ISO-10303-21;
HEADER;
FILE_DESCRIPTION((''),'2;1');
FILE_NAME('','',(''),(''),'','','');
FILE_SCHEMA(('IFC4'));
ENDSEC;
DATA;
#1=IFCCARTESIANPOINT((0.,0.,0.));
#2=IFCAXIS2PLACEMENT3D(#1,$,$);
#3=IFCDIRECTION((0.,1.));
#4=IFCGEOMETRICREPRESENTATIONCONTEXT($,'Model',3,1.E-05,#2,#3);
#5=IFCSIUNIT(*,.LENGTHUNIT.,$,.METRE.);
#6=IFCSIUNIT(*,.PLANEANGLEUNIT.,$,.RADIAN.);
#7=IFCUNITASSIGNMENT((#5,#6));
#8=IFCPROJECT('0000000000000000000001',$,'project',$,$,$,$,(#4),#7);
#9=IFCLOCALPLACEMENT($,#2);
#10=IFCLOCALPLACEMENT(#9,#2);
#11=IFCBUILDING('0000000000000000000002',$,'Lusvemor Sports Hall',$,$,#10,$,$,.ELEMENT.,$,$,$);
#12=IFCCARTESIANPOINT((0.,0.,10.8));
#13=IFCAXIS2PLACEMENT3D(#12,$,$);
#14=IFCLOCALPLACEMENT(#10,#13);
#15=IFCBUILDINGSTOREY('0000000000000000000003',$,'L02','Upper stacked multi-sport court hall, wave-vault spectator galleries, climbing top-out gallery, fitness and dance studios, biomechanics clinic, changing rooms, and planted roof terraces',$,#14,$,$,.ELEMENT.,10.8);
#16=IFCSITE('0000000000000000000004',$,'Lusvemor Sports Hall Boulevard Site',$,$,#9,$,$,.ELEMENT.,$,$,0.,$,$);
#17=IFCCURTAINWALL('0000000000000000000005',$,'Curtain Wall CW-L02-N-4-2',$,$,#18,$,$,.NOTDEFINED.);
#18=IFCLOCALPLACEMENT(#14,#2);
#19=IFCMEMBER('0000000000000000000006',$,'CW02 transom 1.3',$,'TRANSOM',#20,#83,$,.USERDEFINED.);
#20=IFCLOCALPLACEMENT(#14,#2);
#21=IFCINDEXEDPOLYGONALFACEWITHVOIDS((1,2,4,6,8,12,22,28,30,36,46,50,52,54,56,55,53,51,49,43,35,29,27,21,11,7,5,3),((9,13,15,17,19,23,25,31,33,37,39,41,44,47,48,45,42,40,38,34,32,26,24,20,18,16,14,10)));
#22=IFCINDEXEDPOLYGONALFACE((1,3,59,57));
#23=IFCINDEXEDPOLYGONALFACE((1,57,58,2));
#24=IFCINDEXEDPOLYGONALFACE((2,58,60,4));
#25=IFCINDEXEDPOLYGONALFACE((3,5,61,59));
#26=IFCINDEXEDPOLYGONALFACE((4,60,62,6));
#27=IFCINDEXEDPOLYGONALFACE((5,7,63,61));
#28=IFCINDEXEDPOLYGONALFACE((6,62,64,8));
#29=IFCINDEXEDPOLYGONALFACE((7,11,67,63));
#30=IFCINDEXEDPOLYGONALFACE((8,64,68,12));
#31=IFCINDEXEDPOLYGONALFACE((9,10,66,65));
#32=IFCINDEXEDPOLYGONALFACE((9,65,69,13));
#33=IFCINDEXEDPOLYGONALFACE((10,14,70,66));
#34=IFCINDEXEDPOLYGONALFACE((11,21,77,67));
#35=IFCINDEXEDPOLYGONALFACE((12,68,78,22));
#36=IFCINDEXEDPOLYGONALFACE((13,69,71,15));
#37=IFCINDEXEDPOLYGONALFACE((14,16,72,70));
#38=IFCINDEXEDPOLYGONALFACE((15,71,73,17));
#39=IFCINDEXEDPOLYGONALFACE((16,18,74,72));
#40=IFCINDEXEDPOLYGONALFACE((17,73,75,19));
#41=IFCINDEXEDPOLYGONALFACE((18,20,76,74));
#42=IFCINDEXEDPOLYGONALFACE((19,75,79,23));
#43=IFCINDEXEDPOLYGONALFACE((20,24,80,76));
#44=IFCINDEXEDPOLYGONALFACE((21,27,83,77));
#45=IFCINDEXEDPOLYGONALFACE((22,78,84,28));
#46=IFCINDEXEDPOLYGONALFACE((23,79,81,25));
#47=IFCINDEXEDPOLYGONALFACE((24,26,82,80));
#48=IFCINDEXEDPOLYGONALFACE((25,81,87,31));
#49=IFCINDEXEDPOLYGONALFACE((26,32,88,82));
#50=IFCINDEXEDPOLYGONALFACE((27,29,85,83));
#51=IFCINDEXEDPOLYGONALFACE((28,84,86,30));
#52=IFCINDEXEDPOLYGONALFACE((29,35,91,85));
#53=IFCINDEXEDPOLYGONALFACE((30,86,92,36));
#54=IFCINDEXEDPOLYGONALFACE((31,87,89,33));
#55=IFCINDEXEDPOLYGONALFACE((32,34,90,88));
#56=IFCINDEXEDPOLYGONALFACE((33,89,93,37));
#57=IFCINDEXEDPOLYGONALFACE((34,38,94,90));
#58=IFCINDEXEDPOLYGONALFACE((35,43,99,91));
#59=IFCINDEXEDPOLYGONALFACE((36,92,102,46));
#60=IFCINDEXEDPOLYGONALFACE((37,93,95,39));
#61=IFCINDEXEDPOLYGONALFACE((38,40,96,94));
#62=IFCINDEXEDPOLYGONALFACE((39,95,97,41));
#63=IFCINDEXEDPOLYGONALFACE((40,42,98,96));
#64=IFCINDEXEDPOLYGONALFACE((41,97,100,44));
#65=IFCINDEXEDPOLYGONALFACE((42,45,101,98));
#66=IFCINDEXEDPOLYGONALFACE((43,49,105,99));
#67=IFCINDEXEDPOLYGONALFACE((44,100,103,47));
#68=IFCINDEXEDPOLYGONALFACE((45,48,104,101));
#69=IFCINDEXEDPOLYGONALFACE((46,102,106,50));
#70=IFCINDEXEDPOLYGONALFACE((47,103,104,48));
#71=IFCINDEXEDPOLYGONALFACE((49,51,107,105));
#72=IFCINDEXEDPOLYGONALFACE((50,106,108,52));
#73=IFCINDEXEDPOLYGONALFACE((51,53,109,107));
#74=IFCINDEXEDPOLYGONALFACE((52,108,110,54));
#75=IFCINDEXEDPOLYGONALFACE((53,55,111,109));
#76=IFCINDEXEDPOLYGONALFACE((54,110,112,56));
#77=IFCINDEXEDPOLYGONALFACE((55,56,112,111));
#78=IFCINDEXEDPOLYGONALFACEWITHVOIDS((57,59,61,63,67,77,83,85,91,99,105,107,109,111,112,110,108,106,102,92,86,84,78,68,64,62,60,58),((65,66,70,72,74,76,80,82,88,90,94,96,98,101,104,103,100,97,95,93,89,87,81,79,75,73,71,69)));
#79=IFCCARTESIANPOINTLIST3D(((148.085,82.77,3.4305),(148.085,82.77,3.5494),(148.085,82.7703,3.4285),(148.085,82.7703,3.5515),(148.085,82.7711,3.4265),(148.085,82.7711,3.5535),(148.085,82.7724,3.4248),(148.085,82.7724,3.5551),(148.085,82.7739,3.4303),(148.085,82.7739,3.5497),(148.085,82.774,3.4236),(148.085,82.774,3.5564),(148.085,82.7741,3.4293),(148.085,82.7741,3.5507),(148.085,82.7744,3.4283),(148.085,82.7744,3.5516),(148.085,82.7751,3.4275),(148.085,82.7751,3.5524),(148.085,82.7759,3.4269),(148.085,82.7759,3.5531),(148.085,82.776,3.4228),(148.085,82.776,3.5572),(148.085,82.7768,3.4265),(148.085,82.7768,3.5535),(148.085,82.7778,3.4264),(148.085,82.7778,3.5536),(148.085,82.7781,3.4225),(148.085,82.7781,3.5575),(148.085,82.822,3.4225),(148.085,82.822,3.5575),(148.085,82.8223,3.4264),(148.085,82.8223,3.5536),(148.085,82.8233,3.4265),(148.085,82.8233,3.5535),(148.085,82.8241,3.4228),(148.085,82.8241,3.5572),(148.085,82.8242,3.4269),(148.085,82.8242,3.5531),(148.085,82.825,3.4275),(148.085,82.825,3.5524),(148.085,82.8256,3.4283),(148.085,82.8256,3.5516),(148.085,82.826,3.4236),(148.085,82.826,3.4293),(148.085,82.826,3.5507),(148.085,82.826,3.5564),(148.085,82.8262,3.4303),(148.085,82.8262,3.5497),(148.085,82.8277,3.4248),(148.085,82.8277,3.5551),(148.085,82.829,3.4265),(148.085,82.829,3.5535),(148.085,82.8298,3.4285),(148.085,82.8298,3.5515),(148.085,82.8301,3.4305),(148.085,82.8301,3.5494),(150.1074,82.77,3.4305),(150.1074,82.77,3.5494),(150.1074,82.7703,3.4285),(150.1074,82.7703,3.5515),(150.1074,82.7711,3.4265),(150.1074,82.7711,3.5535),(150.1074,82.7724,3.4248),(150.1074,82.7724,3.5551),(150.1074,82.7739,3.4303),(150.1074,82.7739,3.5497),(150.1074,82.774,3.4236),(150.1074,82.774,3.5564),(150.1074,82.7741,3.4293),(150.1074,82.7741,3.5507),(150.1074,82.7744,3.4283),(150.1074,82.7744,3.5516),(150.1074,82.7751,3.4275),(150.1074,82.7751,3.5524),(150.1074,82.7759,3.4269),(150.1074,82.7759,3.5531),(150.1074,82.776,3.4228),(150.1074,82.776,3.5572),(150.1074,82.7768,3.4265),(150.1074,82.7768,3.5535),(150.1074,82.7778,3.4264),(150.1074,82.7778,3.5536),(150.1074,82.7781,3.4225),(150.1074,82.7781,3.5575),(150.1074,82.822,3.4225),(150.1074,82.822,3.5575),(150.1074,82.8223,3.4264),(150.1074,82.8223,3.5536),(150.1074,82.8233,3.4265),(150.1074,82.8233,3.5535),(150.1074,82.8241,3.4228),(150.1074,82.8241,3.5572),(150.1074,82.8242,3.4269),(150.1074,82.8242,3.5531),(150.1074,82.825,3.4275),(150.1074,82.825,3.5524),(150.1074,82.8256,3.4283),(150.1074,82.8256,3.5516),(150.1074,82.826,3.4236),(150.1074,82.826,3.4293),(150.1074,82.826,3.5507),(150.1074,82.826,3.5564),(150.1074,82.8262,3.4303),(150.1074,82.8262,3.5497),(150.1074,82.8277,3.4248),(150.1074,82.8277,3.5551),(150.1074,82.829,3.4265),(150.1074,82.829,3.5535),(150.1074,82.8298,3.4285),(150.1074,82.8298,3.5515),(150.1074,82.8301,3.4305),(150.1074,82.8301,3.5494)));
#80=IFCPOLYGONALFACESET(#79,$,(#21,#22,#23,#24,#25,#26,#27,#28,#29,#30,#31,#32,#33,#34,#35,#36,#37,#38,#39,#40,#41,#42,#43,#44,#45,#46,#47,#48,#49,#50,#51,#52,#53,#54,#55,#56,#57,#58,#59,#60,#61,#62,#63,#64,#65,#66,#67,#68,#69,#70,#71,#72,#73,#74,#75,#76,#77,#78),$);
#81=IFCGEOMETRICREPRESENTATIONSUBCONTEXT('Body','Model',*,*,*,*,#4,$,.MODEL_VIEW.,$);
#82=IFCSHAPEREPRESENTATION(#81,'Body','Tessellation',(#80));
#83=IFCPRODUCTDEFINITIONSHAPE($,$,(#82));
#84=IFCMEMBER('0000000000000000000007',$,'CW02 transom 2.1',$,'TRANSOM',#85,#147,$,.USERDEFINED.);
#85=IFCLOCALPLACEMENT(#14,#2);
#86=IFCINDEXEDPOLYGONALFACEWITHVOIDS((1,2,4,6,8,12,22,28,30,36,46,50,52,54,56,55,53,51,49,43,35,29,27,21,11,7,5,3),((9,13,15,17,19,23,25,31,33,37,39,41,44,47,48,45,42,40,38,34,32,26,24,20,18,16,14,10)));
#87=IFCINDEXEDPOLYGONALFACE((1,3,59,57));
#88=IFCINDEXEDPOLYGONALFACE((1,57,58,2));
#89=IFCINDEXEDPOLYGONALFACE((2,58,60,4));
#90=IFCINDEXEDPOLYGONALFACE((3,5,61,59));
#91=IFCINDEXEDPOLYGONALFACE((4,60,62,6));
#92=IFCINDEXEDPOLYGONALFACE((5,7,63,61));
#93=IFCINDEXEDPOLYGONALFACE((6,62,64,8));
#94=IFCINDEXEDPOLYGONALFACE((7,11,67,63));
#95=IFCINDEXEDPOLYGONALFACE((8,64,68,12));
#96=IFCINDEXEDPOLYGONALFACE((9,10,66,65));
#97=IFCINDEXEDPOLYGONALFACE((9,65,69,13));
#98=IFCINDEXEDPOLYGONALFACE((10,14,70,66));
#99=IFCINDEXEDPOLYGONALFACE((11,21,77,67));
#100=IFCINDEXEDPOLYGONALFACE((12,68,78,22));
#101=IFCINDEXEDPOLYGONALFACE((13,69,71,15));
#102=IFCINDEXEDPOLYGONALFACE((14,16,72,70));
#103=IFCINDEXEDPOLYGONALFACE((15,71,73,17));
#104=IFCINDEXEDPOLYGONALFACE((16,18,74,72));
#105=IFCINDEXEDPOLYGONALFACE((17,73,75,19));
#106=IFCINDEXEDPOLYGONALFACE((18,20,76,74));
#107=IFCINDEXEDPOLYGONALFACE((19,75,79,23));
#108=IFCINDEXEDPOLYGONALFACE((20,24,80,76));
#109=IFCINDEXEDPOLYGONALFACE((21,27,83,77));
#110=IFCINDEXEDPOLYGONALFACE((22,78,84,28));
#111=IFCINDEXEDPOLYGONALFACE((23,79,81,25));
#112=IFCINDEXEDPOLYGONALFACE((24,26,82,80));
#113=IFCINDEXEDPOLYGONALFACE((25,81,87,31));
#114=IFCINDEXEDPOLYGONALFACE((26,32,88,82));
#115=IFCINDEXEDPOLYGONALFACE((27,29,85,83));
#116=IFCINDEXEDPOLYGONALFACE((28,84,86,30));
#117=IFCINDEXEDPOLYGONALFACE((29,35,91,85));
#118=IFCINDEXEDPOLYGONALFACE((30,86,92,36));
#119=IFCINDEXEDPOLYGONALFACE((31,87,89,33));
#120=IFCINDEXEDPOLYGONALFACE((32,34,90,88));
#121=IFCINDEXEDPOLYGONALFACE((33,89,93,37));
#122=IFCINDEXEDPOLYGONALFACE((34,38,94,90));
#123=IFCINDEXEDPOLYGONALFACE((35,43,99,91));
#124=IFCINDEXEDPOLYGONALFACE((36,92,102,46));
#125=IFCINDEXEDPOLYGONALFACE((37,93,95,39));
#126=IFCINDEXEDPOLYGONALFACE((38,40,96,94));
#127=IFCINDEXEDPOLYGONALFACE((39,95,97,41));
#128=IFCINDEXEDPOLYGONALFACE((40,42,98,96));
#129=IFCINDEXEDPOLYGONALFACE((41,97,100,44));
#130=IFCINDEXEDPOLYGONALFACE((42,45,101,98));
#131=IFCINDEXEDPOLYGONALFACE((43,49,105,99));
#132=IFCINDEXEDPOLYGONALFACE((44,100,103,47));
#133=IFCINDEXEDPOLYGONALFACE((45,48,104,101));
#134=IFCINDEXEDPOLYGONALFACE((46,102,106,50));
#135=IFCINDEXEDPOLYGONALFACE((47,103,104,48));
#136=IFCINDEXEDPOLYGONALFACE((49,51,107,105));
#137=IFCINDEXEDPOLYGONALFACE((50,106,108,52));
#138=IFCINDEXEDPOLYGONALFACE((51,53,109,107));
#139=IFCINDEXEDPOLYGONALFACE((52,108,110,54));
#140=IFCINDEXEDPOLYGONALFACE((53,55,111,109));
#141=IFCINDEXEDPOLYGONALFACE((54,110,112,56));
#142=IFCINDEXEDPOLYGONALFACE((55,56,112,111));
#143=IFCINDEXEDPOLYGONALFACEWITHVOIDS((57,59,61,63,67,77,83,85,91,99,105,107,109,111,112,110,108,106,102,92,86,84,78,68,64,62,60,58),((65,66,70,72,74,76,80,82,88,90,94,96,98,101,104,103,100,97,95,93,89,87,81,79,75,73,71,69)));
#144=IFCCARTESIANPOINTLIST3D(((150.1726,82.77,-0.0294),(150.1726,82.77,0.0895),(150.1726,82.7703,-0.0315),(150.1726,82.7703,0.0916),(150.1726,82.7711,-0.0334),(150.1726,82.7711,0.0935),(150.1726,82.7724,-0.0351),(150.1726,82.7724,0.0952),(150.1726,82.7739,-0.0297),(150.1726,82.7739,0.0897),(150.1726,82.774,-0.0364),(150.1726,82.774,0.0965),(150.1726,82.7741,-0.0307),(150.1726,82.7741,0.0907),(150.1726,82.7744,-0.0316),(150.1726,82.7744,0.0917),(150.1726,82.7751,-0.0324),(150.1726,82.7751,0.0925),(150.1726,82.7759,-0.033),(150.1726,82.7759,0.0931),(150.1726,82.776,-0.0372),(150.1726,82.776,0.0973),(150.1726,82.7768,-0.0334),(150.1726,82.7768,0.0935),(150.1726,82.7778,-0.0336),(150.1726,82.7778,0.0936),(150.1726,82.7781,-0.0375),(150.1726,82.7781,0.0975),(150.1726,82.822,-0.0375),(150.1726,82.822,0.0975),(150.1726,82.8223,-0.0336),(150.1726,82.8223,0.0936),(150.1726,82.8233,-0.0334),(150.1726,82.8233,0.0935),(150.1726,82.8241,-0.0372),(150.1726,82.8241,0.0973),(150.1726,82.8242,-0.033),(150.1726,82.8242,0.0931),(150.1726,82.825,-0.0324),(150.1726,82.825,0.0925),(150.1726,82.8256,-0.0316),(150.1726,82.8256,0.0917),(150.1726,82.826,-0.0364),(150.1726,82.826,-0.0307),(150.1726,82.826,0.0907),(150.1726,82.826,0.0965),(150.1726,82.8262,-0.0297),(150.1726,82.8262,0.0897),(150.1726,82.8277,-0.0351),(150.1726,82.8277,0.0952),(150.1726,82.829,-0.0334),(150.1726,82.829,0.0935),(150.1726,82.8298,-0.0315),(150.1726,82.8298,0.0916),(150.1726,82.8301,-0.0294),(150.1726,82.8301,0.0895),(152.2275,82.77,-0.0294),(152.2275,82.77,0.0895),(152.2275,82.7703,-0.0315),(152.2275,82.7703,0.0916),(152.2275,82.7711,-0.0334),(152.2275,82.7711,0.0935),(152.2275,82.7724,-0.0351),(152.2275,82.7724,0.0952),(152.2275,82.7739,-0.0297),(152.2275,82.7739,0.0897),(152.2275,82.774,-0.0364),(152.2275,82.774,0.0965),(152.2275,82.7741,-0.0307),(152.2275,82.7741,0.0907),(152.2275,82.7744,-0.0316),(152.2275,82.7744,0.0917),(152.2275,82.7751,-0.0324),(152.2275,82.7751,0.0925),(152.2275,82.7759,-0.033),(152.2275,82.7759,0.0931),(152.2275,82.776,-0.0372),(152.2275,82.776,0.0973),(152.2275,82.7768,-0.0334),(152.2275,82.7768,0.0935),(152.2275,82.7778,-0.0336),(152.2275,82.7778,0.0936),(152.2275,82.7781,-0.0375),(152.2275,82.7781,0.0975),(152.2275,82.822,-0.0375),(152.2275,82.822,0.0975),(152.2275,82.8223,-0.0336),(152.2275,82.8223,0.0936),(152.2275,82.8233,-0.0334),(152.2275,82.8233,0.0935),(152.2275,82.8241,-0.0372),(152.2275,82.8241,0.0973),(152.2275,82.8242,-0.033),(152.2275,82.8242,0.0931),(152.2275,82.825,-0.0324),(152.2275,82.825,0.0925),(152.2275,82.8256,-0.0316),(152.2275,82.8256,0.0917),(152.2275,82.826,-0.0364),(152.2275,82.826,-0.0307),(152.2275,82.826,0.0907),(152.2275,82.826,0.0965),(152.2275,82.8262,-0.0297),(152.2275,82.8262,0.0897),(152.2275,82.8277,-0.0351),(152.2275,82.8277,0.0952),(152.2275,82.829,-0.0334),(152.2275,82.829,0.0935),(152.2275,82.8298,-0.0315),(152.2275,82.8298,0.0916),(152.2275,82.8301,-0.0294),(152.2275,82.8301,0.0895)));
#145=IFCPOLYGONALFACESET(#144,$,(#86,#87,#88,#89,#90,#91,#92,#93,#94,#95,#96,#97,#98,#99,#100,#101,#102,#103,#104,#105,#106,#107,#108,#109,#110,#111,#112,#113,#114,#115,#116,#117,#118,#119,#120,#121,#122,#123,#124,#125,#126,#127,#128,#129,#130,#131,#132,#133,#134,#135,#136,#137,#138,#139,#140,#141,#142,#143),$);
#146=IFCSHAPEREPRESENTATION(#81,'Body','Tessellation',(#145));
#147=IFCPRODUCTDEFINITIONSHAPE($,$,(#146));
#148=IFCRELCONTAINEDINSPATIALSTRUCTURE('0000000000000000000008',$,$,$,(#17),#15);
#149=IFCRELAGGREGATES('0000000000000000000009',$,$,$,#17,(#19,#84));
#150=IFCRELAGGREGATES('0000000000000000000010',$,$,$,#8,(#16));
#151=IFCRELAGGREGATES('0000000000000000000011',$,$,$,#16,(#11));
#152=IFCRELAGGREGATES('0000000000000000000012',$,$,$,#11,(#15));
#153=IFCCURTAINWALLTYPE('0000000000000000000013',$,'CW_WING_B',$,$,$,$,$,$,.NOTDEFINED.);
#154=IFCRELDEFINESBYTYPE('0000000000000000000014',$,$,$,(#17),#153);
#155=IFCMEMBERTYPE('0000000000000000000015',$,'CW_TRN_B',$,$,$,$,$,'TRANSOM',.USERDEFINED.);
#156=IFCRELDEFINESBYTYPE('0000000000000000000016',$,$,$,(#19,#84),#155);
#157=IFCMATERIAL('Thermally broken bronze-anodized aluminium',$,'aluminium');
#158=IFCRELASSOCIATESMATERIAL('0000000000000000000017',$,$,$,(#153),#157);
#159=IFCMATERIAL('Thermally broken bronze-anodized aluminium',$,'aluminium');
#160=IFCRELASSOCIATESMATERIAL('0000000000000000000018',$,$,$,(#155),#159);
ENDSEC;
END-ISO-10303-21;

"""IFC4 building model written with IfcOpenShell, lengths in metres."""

from ifc_helpers import new_model, si_unit, direction, frame, origin, origin_2d, place, context, subcontext, project, spatial, hollow_rectangle, extrude, material, material_profile, profile_set, type_object, element, aggregate, save


model = new_model("IFC4")

# Units and contexts
model_context = context("Model", 3, precision=1e-05, world=origin(), true_north=direction((0.0, 1.0)))
body_context = subcontext(model_context, "Body", "Model", "MODEL_VIEW")
ifc_project = project(units=[si_unit("LENGTHUNIT", "METRE"), si_unit("PLANEANGLEUNIT", "RADIAN")], contexts=[model_context])

# Site, building, storey
site_placement = place(None, origin())
site = spatial("IfcSite", under=ifc_project, at=site_placement, Name="Lusvemor Sports Hall Boulevard Site", CompositionType="ELEMENT", RefElevation=0.0)
building_placement = place(site_placement, origin())
building = spatial("IfcBuilding", under=site, at=building_placement, Name="Lusvemor Sports Hall", CompositionType="ELEMENT")
storey_placement = place(building_placement, frame((0.0, 0.0, 10.8)))
storey = spatial("IfcBuildingStorey", under=building, at=storey_placement, Name="L02", Description="Upper stacked multi-sport court hall, wave-vault spectator galleries, climbing top-out gallery, fitness and dance studios, biomechanics clinic, changing rooms, and planted roof terraces", CompositionType="ELEMENT", Elevation=10.8)

# Curtain wall, members
ifc_material_1 = material(Name="Thermally broken bronze-anodized aluminium", Category="aluminium")
curtain_wall_type = type_object("IfcCurtainWallType", Name="CW_WING_B", PredefinedType="NOTDEFINED", material=ifc_material_1)
curtain_wall_placement = place(storey_placement, origin())
curtain_wall = element("IfcCurtainWall", 1, at=curtain_wall_placement, inside=storey, type_object=curtain_wall_type, Name="Curtain Wall CW-L02-N-4-2", PredefinedType="NOTDEFINED")
ifc_material_2 = material(Name="Thermally broken bronze-anodized aluminium", Category="aluminium")
ifc_material_profile_1 = material_profile(ifc_material_2, hollow_rectangle(XDim=0.0601, YDim=0.135, WallThickness=0.0039, InnerFilletRadius=0.0039, OuterFilletRadius=0.0081, at=origin_2d()), Name="CWTRN135x60x4")
ifc_profile_set_1 = profile_set([ifc_material_profile_1], Name="Thermally broken bronze-anodized aluminium")
member_type_1 = type_object("IfcMemberType", Name="CW_TRN_B", ElementType="TRANSOM", PredefinedType="USERDEFINED", material=ifc_profile_set_1)
member_1_placement = place(storey_placement, frame((148.085, 82.8, 3.49), z_axis=(1.0, 0.0, 0.0), x_axis=(0.0, 1.0, 0.0)))
member_1 = element("IfcMember", 2, at=member_1_placement, type_object=member_type_1, Name="CW02 transom 1.3", ObjectType="TRANSOM", PredefinedType="USERDEFINED", context=body_context, shape_type="SweptSolid", body=[
    extrude(hollow_rectangle(XDim=0.0601, YDim=0.135, WallThickness=0.0039, InnerFilletRadius=0.0039, OuterFilletRadius=0.0081, at=origin_2d()), origin(), (0.0, 0.0, 1.0), 2.0225),
])
member_2_placement = place(storey_placement, frame((150.1726, 82.8, 0.03), z_axis=(1.0, 0.0, 0.0), x_axis=(0.0, 1.0, 0.0)))
member_2 = element("IfcMember", 3, at=member_2_placement, type_object=member_type_1, Name="CW02 transom 2.1", ObjectType="TRANSOM", PredefinedType="USERDEFINED", context=body_context, shape_type="SweptSolid", body=[
    extrude(hollow_rectangle(XDim=0.0601, YDim=0.135, WallThickness=0.0039, InnerFilletRadius=0.0039, OuterFilletRadius=0.0081, at=origin_2d()), origin(), (0.0, 0.0, 1.0), 2.0549),
])

aggregate(curtain_wall, [member_1, member_2])

save(model, "model.ifc")
